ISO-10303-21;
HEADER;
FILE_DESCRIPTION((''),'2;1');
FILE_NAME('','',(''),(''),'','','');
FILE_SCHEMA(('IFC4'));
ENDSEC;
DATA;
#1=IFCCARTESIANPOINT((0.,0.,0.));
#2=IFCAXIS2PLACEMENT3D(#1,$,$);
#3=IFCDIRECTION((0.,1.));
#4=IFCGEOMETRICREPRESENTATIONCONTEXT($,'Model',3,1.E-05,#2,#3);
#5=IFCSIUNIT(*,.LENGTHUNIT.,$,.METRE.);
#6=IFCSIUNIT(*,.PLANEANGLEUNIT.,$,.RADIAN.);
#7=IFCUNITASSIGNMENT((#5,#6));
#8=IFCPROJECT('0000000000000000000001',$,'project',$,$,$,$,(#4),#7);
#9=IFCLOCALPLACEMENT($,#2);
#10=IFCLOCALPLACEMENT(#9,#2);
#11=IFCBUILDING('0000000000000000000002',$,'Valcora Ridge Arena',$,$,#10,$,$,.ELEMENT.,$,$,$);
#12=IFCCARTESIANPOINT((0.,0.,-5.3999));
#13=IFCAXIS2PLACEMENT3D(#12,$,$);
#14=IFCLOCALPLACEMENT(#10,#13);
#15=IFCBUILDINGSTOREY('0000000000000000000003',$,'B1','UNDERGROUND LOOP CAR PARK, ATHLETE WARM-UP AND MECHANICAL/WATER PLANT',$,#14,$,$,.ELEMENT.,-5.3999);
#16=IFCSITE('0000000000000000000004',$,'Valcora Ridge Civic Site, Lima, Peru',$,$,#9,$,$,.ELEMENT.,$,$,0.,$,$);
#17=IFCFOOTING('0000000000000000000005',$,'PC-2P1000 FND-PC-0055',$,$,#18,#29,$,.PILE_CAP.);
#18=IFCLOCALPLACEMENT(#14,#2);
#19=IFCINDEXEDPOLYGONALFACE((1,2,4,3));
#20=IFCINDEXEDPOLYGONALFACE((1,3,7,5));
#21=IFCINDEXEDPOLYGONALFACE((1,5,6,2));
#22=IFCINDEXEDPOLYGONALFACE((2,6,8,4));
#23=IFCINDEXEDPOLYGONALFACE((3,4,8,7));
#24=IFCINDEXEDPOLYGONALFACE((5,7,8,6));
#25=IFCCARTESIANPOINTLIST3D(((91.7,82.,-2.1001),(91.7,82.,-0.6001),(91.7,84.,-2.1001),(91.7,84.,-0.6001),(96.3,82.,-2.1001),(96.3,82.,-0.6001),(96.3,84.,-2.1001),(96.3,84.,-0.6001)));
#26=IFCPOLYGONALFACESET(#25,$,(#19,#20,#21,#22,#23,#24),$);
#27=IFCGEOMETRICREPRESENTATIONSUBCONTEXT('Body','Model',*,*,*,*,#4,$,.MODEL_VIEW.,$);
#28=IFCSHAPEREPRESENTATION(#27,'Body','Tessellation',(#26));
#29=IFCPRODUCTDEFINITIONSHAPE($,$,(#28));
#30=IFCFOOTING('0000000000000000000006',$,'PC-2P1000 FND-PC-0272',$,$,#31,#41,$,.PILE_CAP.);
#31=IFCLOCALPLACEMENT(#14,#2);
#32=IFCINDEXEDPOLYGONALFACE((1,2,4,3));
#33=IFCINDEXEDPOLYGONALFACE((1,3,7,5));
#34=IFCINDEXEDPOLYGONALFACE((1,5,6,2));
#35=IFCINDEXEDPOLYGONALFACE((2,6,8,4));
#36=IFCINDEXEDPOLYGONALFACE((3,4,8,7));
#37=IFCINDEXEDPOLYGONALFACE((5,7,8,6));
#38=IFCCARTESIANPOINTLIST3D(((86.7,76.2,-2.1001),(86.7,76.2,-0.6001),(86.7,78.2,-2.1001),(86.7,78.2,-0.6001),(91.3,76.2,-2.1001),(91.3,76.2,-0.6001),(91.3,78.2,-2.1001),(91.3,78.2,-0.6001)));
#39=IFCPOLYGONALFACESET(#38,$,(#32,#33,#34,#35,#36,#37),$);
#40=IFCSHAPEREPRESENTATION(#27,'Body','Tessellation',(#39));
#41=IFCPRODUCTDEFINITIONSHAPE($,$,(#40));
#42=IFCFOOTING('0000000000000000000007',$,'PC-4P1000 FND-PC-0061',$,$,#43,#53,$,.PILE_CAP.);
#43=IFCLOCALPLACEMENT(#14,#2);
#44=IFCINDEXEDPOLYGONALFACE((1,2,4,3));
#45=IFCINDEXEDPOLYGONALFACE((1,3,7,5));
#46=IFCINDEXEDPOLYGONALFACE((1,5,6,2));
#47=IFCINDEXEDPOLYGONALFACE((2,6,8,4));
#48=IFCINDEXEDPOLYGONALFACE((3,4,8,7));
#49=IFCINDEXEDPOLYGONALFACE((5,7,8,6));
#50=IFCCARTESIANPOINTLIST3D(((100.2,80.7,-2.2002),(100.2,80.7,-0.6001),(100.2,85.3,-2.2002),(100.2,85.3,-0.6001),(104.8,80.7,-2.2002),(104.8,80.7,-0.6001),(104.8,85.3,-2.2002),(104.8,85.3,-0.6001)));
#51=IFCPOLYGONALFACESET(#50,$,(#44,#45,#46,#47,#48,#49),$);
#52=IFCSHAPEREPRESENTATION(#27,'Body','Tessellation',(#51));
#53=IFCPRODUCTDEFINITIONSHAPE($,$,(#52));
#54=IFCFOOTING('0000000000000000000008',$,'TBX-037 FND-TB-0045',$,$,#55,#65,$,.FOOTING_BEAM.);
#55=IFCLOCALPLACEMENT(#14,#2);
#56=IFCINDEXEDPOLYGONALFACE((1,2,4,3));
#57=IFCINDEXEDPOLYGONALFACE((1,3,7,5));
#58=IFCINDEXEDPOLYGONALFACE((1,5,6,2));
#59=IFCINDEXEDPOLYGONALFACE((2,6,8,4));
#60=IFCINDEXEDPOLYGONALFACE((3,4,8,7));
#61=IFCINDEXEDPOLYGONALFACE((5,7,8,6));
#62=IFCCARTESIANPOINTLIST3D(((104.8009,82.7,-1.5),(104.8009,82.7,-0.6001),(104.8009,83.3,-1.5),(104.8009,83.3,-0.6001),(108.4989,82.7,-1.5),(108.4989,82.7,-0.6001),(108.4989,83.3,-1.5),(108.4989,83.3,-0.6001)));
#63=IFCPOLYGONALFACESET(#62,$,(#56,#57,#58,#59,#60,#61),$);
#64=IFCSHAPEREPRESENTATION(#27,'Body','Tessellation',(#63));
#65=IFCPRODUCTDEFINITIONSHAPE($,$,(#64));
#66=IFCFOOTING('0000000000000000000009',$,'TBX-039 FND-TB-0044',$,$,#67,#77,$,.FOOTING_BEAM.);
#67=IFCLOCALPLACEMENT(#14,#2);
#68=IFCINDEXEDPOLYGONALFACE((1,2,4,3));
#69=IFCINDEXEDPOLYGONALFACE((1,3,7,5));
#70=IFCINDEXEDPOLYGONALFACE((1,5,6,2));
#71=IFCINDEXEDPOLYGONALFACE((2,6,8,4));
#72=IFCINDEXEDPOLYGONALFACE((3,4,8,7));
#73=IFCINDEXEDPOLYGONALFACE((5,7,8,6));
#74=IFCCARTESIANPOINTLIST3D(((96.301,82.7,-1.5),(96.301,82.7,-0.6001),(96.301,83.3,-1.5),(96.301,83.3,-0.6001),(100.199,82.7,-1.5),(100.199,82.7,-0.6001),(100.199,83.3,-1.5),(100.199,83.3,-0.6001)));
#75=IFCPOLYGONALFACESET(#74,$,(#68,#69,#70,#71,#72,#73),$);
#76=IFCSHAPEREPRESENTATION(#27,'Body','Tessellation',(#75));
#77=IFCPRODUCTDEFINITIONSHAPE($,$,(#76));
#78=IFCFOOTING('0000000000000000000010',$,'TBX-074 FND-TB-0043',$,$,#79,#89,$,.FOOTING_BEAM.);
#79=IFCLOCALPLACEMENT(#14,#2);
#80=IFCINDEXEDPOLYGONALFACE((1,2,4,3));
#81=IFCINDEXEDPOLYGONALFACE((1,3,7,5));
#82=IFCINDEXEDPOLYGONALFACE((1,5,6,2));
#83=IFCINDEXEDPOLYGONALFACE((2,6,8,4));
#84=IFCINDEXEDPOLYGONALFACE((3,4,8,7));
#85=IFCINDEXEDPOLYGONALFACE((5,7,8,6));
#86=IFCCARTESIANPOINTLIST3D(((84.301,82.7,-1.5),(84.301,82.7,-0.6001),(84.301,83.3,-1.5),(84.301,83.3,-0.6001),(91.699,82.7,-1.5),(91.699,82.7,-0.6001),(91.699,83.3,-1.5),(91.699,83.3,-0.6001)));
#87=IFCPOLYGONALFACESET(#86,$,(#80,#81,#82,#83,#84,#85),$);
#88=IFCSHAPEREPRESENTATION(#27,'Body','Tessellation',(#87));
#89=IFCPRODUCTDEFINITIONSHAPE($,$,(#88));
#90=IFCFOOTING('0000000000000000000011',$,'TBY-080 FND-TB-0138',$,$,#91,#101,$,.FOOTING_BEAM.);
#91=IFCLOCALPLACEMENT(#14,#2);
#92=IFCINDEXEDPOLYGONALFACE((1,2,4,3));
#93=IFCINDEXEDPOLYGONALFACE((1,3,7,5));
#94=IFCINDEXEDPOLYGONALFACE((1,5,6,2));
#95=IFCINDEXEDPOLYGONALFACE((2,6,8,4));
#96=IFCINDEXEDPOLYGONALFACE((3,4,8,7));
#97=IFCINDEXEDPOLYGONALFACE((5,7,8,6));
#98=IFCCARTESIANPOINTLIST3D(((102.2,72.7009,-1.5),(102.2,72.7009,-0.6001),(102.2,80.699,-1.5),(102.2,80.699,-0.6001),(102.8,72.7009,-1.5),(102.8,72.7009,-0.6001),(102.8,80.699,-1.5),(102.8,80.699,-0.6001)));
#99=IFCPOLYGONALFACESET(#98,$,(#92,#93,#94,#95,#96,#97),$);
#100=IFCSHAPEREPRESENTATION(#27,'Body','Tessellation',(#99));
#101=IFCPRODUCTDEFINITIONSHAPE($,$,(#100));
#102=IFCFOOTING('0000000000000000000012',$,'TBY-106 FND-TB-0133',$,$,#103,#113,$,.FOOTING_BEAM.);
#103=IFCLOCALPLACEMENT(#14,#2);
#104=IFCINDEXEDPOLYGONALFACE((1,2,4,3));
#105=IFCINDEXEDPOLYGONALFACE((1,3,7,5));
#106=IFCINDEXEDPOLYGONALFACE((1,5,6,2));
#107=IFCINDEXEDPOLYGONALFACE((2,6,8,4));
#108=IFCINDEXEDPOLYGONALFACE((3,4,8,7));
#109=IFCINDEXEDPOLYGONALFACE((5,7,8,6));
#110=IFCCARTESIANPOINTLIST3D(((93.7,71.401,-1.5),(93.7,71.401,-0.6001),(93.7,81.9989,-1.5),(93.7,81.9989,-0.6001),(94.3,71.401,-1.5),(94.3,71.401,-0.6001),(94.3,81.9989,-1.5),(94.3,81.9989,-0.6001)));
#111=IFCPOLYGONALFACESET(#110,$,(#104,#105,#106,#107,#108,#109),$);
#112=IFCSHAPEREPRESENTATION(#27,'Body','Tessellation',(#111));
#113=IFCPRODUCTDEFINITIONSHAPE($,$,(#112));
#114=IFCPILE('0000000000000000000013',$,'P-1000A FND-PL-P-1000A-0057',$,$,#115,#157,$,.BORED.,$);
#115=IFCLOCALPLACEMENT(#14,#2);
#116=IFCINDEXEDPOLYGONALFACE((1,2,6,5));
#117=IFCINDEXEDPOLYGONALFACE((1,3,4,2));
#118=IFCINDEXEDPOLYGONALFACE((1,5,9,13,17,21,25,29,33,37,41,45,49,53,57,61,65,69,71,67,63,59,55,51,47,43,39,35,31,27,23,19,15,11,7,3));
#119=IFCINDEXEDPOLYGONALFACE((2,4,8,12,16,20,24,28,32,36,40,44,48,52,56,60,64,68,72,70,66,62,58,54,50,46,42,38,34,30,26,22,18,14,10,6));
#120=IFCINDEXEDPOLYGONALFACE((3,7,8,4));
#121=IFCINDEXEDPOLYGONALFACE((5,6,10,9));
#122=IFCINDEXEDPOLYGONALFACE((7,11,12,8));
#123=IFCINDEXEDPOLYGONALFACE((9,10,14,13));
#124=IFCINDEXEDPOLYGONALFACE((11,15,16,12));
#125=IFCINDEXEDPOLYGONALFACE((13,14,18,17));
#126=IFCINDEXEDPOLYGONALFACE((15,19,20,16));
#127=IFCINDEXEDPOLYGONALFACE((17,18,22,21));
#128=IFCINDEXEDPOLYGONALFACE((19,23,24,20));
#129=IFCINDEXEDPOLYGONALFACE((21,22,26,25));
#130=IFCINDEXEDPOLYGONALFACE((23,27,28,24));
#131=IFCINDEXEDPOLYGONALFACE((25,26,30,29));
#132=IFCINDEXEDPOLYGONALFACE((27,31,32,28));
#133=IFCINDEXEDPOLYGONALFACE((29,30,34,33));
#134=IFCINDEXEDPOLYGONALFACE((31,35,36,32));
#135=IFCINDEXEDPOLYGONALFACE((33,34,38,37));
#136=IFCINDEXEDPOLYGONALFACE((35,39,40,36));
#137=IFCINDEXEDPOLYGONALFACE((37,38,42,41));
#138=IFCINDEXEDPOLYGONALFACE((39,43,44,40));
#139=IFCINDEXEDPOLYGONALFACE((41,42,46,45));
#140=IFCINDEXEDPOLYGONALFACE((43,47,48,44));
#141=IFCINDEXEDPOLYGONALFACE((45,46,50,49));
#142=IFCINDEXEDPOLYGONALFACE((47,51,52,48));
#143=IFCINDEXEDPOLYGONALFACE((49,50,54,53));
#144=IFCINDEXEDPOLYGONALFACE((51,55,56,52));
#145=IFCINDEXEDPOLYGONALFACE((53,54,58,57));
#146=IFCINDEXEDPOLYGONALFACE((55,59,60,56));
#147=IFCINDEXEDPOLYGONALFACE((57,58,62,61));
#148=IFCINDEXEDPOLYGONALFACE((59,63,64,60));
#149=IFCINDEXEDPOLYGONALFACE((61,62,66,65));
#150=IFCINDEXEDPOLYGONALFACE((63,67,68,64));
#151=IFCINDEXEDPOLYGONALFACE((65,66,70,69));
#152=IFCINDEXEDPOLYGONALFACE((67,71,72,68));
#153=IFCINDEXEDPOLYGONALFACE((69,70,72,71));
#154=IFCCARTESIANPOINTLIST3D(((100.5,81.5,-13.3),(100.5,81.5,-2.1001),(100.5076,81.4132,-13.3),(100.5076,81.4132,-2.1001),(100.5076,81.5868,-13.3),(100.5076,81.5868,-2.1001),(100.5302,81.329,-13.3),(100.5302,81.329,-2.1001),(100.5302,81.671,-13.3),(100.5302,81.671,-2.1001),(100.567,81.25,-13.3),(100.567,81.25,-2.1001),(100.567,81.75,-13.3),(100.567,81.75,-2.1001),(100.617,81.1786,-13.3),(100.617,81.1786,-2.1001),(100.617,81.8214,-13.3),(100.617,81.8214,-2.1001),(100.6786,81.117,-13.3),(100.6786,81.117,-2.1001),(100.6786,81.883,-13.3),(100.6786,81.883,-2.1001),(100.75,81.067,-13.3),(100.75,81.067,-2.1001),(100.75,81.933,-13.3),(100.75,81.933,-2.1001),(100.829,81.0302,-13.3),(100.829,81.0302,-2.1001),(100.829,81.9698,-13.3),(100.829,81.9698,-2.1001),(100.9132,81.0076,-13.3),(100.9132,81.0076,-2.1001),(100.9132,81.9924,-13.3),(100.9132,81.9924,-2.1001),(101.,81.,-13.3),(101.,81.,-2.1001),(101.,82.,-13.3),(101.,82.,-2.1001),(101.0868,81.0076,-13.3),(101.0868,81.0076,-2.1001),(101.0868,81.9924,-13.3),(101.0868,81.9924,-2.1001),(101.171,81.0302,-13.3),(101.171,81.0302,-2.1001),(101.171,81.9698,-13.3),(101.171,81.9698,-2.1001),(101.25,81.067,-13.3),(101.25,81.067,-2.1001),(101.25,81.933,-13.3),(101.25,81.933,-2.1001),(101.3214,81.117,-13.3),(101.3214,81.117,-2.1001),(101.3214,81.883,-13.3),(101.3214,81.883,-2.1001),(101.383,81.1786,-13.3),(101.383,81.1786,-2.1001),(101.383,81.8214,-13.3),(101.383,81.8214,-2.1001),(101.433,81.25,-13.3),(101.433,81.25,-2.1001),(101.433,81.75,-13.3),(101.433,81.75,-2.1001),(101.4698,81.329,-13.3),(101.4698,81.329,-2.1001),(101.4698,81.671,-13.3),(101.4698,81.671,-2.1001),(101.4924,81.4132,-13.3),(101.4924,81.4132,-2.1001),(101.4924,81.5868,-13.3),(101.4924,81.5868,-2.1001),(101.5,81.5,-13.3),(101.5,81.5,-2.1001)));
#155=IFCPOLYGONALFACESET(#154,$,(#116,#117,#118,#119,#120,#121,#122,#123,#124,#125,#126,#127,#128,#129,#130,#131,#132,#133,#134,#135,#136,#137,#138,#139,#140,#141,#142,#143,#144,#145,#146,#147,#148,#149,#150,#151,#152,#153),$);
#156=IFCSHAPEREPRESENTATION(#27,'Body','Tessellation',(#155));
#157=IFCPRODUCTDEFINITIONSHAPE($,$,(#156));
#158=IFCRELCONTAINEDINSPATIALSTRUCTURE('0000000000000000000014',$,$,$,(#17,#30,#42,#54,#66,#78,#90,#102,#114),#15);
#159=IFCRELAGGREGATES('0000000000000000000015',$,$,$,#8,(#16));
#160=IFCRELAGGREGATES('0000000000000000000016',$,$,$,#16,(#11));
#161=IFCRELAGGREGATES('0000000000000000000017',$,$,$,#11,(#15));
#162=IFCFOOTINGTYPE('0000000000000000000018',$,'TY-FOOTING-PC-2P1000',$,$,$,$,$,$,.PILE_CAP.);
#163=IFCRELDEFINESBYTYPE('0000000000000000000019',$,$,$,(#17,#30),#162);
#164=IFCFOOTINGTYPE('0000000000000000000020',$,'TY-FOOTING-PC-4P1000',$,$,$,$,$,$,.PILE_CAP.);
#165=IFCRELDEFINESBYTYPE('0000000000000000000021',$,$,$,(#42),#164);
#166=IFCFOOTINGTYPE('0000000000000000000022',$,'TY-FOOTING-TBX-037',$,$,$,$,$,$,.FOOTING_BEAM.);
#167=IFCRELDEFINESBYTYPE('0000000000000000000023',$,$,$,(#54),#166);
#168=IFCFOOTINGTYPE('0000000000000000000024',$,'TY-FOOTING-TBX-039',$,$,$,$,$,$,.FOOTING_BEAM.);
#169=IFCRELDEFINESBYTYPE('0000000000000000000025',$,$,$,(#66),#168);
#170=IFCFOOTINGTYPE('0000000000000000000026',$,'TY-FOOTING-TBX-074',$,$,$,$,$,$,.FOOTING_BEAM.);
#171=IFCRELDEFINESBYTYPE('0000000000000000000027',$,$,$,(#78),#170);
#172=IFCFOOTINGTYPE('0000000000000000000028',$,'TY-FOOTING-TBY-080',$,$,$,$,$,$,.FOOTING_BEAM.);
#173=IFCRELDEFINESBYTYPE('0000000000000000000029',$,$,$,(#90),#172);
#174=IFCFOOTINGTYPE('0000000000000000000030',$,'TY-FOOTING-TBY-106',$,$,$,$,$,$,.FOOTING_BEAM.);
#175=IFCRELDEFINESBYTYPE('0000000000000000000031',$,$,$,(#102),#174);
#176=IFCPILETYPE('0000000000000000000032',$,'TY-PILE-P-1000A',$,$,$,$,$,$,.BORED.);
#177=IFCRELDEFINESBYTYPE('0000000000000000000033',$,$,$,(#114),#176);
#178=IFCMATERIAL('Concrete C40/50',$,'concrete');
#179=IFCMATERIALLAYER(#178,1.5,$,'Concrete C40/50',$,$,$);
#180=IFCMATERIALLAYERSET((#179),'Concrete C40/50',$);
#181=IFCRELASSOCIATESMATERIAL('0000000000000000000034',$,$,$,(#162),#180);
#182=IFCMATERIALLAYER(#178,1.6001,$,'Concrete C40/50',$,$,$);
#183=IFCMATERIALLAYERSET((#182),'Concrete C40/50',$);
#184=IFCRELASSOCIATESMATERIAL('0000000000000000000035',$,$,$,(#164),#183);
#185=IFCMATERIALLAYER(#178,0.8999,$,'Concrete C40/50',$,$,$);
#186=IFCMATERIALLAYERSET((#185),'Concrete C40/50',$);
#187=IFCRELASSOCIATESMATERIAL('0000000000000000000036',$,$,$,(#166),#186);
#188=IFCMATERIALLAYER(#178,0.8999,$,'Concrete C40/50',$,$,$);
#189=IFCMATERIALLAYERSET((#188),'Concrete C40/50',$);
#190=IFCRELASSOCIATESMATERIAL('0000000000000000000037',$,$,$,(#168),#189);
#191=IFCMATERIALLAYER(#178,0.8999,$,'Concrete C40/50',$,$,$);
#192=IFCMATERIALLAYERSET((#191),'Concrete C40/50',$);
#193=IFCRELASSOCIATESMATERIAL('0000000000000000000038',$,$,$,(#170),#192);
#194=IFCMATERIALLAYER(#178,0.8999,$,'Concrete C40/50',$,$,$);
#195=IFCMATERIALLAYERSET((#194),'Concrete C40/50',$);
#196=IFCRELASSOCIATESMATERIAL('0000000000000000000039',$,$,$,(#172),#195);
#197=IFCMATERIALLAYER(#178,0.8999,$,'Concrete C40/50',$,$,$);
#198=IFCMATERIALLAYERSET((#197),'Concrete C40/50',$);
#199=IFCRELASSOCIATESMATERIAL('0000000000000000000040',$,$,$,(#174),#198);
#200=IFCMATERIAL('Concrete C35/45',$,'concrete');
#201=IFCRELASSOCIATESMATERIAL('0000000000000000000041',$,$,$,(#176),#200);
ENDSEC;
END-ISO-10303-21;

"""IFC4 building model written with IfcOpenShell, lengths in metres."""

from ifc_helpers import new_model, si_unit, direction, frame, origin, origin_2d, place, context, subcontext, project, spatial, rectangle, circle, extrude, material, layer, layer_set, material_profile, profile_set, type_object, element, save


model = new_model("IFC4")

# Units and contexts
model_context = context("Model", 3, precision=1e-05, world=origin(), true_north=direction((0.0, 1.0)))
body_context = subcontext(model_context, "Body", "Model", "MODEL_VIEW")
ifc_project = project(units=[si_unit("LENGTHUNIT", "METRE"), si_unit("PLANEANGLEUNIT", "RADIAN")], contexts=[model_context])

# Site, building, storey
site_placement = place(None, origin())
site = spatial("IfcSite", under=ifc_project, at=site_placement, Name="Valcora Ridge Civic Site, Lima, Peru", CompositionType="ELEMENT", RefElevation=0.0)
building_placement = place(site_placement, origin())
building = spatial("IfcBuilding", under=site, at=building_placement, Name="Valcora Ridge Arena", CompositionType="ELEMENT")
storey_placement = place(building_placement, frame((0.0, 0.0, -5.3999)))
storey = spatial("IfcBuildingStorey", under=building, at=storey_placement, Name="B1", Description="UNDERGROUND LOOP CAR PARK, ATHLETE WARM-UP AND MECHANICAL/WATER PLANT", CompositionType="ELEMENT", Elevation=-5.3999)

# Footings
ifc_material_1 = material(Name="Concrete C40/50", Category="concrete")
ifc_layer_1 = layer(ifc_material_1, 1.5, Name="Concrete C40/50")
ifc_layer_set_1 = layer_set([ifc_layer_1], Name="Concrete C40/50")
footing_type_1 = type_object("IfcFootingType", Name="TY-FOOTING-PC-2P1000", PredefinedType="PILE_CAP", material=ifc_layer_set_1)
for number, where, z_axis, x_axis, name in (
    (1, (94.0, 83.0, -2.1001), (0.0, 0.0, 1.0), (1.0, 0.0, 0.0), "PC-2P1000 FND-PC-0055"),
    (2, (89.0, 77.2, -2.1001), (0.0, 0.0, 1.0), (1.0, 0.0, 0.0), "PC-2P1000 FND-PC-0272"),
):
    element("IfcFooting", number, at=place(storey_placement, frame(where, z_axis=z_axis, x_axis=x_axis)), inside=storey, type_object=footing_type_1, Name=name, PredefinedType="PILE_CAP", context=body_context, shape_type="SweptSolid", body=[
        extrude(rectangle(XDim=4.6001, YDim=2.0, at=origin_2d()), origin(), (0.0, 0.0, 1.0), 1.5),
    ])
ifc_layer_2 = layer(ifc_material_1, 1.6001, Name="Concrete C40/50")
ifc_layer_set_2 = layer_set([ifc_layer_2], Name="Concrete C40/50")
footing_type_2 = type_object("IfcFootingType", Name="TY-FOOTING-PC-4P1000", PredefinedType="PILE_CAP", material=ifc_layer_set_2)
footing_1_placement = place(storey_placement, frame((102.5, 83.0, -2.2002), z_axis=(0.0, 0.0, 1.0), x_axis=(1.0, 0.0, 0.0)))
element("IfcFooting", 3, at=footing_1_placement, inside=storey, type_object=footing_type_2, Name="PC-4P1000 FND-PC-0061", PredefinedType="PILE_CAP", context=body_context, shape_type="SweptSolid", body=[
    extrude(rectangle(XDim=4.6001, YDim=4.6001, at=origin_2d()), origin(), (0.0, 0.0, 1.0), 1.6001),
])
ifc_layer_3 = layer(ifc_material_1, 0.8999, Name="Concrete C40/50")
ifc_layer_set_3 = layer_set([ifc_layer_3], Name="Concrete C40/50")
footing_type_3 = type_object("IfcFootingType", Name="TY-FOOTING-TBX-037", PredefinedType="FOOTING_BEAM", material=ifc_layer_set_3)
footing_2_placement = place(storey_placement, frame((106.6499, 83.0, -1.5), z_axis=(0.0, 0.0, 1.0), x_axis=(1.0, 0.0, 0.0)))
element("IfcFooting", 4, at=footing_2_placement, inside=storey, type_object=footing_type_3, Name="TBX-037 FND-TB-0045", PredefinedType="FOOTING_BEAM", context=body_context, shape_type="SweptSolid", body=[
    extrude(rectangle(XDim=3.698, YDim=0.6001, at=origin_2d()), origin(), (0.0, 0.0, 1.0), 0.8999),
])
ifc_layer_4 = layer(ifc_material_1, 0.8999, Name="Concrete C40/50")
ifc_layer_set_4 = layer_set([ifc_layer_4], Name="Concrete C40/50")
footing_type_4 = type_object("IfcFootingType", Name="TY-FOOTING-TBX-039", PredefinedType="FOOTING_BEAM", material=ifc_layer_set_4)
footing_3_placement = place(storey_placement, frame((98.25, 83.0, -1.5), z_axis=(0.0, 0.0, 1.0), x_axis=(1.0, 0.0, 0.0)))
element("IfcFooting", 5, at=footing_3_placement, inside=storey, type_object=footing_type_4, Name="TBX-039 FND-TB-0044", PredefinedType="FOOTING_BEAM", context=body_context, shape_type="SweptSolid", body=[
    extrude(rectangle(XDim=3.8979, YDim=0.6001, at=origin_2d()), origin(), (0.0, 0.0, 1.0), 0.8999),
])
ifc_layer_5 = layer(ifc_material_1, 0.8999, Name="Concrete C40/50")
ifc_layer_set_5 = layer_set([ifc_layer_5], Name="Concrete C40/50")
footing_type_5 = type_object("IfcFootingType", Name="TY-FOOTING-TBX-074", PredefinedType="FOOTING_BEAM", material=ifc_layer_set_5)
footing_4_placement = place(storey_placement, frame((88.0, 83.0, -1.5), z_axis=(0.0, 0.0, 1.0), x_axis=(1.0, 0.0, 0.0)))
element("IfcFooting", 6, at=footing_4_placement, inside=storey, type_object=footing_type_5, Name="TBX-074 FND-TB-0043", PredefinedType="FOOTING_BEAM", context=body_context, shape_type="SweptSolid", body=[
    extrude(rectangle(XDim=7.3979, YDim=0.6001, at=origin_2d()), origin(), (0.0, 0.0, 1.0), 0.8999),
])
ifc_layer_6 = layer(ifc_material_1, 0.8999, Name="Concrete C40/50")
ifc_layer_set_6 = layer_set([ifc_layer_6], Name="Concrete C40/50")
footing_type_6 = type_object("IfcFootingType", Name="TY-FOOTING-TBY-080", PredefinedType="FOOTING_BEAM", material=ifc_layer_set_6)
footing_5_placement = place(storey_placement, frame((102.5, 76.7, -1.5), z_axis=(0.0, 0.0, 1.0), x_axis=(1.0, 0.0, 0.0)))
element("IfcFooting", 7, at=footing_5_placement, inside=storey, type_object=footing_type_6, Name="TBY-080 FND-TB-0138", PredefinedType="FOOTING_BEAM", context=body_context, shape_type="SweptSolid", body=[
    extrude(rectangle(XDim=0.6001, YDim=7.998, at=origin_2d()), origin(), (0.0, 0.0, 1.0), 0.8999),
])
ifc_layer_7 = layer(ifc_material_1, 0.8999, Name="Concrete C40/50")
ifc_layer_set_7 = layer_set([ifc_layer_7], Name="Concrete C40/50")
footing_type_7 = type_object("IfcFootingType", Name="TY-FOOTING-TBY-106", PredefinedType="FOOTING_BEAM", material=ifc_layer_set_7)
footing_6_placement = place(storey_placement, frame((94.0, 76.7, -1.5), z_axis=(0.0, 0.0, 1.0), x_axis=(1.0, 0.0, 0.0)))
element("IfcFooting", 8, at=footing_6_placement, inside=storey, type_object=footing_type_7, Name="TBY-106 FND-TB-0133", PredefinedType="FOOTING_BEAM", context=body_context, shape_type="SweptSolid", body=[
    extrude(rectangle(XDim=0.6001, YDim=10.5979, at=origin_2d()), origin(), (0.0, 0.0, 1.0), 0.8999),
])

# Pile
ifc_material_2 = material(Name="Concrete C35/45", Category="concrete")
ifc_material_profile_1 = material_profile(ifc_material_2, circle(Radius=0.5, at=origin_2d()), Name="BORED PILE D1000")
ifc_profile_set_1 = profile_set([ifc_material_profile_1], Name="Concrete C35/45")
pile_type_1 = type_object("IfcPileType", Name="TY-PILE-P-1000A", PredefinedType="BORED", material=ifc_profile_set_1)
for number, where, z_axis, x_axis, name in (
    (9, (101.0, 81.5, -2.1001), (0.0, 0.0, -1.0), (1.0, 0.0, 0.0), "P-1000A FND-PL-P-1000A-0057"),
):
    element("IfcPile", number, at=place(storey_placement, frame(where, z_axis=z_axis, x_axis=x_axis)), inside=storey, type_object=pile_type_1, Name=name, PredefinedType="BORED", context=body_context, shape_type="SweptSolid", body=[
        extrude(circle(Radius=0.5, at=origin_2d()), origin(), (0.0, 0.0, 1.0), 11.2),
    ])

save(model, "model.ifc")
